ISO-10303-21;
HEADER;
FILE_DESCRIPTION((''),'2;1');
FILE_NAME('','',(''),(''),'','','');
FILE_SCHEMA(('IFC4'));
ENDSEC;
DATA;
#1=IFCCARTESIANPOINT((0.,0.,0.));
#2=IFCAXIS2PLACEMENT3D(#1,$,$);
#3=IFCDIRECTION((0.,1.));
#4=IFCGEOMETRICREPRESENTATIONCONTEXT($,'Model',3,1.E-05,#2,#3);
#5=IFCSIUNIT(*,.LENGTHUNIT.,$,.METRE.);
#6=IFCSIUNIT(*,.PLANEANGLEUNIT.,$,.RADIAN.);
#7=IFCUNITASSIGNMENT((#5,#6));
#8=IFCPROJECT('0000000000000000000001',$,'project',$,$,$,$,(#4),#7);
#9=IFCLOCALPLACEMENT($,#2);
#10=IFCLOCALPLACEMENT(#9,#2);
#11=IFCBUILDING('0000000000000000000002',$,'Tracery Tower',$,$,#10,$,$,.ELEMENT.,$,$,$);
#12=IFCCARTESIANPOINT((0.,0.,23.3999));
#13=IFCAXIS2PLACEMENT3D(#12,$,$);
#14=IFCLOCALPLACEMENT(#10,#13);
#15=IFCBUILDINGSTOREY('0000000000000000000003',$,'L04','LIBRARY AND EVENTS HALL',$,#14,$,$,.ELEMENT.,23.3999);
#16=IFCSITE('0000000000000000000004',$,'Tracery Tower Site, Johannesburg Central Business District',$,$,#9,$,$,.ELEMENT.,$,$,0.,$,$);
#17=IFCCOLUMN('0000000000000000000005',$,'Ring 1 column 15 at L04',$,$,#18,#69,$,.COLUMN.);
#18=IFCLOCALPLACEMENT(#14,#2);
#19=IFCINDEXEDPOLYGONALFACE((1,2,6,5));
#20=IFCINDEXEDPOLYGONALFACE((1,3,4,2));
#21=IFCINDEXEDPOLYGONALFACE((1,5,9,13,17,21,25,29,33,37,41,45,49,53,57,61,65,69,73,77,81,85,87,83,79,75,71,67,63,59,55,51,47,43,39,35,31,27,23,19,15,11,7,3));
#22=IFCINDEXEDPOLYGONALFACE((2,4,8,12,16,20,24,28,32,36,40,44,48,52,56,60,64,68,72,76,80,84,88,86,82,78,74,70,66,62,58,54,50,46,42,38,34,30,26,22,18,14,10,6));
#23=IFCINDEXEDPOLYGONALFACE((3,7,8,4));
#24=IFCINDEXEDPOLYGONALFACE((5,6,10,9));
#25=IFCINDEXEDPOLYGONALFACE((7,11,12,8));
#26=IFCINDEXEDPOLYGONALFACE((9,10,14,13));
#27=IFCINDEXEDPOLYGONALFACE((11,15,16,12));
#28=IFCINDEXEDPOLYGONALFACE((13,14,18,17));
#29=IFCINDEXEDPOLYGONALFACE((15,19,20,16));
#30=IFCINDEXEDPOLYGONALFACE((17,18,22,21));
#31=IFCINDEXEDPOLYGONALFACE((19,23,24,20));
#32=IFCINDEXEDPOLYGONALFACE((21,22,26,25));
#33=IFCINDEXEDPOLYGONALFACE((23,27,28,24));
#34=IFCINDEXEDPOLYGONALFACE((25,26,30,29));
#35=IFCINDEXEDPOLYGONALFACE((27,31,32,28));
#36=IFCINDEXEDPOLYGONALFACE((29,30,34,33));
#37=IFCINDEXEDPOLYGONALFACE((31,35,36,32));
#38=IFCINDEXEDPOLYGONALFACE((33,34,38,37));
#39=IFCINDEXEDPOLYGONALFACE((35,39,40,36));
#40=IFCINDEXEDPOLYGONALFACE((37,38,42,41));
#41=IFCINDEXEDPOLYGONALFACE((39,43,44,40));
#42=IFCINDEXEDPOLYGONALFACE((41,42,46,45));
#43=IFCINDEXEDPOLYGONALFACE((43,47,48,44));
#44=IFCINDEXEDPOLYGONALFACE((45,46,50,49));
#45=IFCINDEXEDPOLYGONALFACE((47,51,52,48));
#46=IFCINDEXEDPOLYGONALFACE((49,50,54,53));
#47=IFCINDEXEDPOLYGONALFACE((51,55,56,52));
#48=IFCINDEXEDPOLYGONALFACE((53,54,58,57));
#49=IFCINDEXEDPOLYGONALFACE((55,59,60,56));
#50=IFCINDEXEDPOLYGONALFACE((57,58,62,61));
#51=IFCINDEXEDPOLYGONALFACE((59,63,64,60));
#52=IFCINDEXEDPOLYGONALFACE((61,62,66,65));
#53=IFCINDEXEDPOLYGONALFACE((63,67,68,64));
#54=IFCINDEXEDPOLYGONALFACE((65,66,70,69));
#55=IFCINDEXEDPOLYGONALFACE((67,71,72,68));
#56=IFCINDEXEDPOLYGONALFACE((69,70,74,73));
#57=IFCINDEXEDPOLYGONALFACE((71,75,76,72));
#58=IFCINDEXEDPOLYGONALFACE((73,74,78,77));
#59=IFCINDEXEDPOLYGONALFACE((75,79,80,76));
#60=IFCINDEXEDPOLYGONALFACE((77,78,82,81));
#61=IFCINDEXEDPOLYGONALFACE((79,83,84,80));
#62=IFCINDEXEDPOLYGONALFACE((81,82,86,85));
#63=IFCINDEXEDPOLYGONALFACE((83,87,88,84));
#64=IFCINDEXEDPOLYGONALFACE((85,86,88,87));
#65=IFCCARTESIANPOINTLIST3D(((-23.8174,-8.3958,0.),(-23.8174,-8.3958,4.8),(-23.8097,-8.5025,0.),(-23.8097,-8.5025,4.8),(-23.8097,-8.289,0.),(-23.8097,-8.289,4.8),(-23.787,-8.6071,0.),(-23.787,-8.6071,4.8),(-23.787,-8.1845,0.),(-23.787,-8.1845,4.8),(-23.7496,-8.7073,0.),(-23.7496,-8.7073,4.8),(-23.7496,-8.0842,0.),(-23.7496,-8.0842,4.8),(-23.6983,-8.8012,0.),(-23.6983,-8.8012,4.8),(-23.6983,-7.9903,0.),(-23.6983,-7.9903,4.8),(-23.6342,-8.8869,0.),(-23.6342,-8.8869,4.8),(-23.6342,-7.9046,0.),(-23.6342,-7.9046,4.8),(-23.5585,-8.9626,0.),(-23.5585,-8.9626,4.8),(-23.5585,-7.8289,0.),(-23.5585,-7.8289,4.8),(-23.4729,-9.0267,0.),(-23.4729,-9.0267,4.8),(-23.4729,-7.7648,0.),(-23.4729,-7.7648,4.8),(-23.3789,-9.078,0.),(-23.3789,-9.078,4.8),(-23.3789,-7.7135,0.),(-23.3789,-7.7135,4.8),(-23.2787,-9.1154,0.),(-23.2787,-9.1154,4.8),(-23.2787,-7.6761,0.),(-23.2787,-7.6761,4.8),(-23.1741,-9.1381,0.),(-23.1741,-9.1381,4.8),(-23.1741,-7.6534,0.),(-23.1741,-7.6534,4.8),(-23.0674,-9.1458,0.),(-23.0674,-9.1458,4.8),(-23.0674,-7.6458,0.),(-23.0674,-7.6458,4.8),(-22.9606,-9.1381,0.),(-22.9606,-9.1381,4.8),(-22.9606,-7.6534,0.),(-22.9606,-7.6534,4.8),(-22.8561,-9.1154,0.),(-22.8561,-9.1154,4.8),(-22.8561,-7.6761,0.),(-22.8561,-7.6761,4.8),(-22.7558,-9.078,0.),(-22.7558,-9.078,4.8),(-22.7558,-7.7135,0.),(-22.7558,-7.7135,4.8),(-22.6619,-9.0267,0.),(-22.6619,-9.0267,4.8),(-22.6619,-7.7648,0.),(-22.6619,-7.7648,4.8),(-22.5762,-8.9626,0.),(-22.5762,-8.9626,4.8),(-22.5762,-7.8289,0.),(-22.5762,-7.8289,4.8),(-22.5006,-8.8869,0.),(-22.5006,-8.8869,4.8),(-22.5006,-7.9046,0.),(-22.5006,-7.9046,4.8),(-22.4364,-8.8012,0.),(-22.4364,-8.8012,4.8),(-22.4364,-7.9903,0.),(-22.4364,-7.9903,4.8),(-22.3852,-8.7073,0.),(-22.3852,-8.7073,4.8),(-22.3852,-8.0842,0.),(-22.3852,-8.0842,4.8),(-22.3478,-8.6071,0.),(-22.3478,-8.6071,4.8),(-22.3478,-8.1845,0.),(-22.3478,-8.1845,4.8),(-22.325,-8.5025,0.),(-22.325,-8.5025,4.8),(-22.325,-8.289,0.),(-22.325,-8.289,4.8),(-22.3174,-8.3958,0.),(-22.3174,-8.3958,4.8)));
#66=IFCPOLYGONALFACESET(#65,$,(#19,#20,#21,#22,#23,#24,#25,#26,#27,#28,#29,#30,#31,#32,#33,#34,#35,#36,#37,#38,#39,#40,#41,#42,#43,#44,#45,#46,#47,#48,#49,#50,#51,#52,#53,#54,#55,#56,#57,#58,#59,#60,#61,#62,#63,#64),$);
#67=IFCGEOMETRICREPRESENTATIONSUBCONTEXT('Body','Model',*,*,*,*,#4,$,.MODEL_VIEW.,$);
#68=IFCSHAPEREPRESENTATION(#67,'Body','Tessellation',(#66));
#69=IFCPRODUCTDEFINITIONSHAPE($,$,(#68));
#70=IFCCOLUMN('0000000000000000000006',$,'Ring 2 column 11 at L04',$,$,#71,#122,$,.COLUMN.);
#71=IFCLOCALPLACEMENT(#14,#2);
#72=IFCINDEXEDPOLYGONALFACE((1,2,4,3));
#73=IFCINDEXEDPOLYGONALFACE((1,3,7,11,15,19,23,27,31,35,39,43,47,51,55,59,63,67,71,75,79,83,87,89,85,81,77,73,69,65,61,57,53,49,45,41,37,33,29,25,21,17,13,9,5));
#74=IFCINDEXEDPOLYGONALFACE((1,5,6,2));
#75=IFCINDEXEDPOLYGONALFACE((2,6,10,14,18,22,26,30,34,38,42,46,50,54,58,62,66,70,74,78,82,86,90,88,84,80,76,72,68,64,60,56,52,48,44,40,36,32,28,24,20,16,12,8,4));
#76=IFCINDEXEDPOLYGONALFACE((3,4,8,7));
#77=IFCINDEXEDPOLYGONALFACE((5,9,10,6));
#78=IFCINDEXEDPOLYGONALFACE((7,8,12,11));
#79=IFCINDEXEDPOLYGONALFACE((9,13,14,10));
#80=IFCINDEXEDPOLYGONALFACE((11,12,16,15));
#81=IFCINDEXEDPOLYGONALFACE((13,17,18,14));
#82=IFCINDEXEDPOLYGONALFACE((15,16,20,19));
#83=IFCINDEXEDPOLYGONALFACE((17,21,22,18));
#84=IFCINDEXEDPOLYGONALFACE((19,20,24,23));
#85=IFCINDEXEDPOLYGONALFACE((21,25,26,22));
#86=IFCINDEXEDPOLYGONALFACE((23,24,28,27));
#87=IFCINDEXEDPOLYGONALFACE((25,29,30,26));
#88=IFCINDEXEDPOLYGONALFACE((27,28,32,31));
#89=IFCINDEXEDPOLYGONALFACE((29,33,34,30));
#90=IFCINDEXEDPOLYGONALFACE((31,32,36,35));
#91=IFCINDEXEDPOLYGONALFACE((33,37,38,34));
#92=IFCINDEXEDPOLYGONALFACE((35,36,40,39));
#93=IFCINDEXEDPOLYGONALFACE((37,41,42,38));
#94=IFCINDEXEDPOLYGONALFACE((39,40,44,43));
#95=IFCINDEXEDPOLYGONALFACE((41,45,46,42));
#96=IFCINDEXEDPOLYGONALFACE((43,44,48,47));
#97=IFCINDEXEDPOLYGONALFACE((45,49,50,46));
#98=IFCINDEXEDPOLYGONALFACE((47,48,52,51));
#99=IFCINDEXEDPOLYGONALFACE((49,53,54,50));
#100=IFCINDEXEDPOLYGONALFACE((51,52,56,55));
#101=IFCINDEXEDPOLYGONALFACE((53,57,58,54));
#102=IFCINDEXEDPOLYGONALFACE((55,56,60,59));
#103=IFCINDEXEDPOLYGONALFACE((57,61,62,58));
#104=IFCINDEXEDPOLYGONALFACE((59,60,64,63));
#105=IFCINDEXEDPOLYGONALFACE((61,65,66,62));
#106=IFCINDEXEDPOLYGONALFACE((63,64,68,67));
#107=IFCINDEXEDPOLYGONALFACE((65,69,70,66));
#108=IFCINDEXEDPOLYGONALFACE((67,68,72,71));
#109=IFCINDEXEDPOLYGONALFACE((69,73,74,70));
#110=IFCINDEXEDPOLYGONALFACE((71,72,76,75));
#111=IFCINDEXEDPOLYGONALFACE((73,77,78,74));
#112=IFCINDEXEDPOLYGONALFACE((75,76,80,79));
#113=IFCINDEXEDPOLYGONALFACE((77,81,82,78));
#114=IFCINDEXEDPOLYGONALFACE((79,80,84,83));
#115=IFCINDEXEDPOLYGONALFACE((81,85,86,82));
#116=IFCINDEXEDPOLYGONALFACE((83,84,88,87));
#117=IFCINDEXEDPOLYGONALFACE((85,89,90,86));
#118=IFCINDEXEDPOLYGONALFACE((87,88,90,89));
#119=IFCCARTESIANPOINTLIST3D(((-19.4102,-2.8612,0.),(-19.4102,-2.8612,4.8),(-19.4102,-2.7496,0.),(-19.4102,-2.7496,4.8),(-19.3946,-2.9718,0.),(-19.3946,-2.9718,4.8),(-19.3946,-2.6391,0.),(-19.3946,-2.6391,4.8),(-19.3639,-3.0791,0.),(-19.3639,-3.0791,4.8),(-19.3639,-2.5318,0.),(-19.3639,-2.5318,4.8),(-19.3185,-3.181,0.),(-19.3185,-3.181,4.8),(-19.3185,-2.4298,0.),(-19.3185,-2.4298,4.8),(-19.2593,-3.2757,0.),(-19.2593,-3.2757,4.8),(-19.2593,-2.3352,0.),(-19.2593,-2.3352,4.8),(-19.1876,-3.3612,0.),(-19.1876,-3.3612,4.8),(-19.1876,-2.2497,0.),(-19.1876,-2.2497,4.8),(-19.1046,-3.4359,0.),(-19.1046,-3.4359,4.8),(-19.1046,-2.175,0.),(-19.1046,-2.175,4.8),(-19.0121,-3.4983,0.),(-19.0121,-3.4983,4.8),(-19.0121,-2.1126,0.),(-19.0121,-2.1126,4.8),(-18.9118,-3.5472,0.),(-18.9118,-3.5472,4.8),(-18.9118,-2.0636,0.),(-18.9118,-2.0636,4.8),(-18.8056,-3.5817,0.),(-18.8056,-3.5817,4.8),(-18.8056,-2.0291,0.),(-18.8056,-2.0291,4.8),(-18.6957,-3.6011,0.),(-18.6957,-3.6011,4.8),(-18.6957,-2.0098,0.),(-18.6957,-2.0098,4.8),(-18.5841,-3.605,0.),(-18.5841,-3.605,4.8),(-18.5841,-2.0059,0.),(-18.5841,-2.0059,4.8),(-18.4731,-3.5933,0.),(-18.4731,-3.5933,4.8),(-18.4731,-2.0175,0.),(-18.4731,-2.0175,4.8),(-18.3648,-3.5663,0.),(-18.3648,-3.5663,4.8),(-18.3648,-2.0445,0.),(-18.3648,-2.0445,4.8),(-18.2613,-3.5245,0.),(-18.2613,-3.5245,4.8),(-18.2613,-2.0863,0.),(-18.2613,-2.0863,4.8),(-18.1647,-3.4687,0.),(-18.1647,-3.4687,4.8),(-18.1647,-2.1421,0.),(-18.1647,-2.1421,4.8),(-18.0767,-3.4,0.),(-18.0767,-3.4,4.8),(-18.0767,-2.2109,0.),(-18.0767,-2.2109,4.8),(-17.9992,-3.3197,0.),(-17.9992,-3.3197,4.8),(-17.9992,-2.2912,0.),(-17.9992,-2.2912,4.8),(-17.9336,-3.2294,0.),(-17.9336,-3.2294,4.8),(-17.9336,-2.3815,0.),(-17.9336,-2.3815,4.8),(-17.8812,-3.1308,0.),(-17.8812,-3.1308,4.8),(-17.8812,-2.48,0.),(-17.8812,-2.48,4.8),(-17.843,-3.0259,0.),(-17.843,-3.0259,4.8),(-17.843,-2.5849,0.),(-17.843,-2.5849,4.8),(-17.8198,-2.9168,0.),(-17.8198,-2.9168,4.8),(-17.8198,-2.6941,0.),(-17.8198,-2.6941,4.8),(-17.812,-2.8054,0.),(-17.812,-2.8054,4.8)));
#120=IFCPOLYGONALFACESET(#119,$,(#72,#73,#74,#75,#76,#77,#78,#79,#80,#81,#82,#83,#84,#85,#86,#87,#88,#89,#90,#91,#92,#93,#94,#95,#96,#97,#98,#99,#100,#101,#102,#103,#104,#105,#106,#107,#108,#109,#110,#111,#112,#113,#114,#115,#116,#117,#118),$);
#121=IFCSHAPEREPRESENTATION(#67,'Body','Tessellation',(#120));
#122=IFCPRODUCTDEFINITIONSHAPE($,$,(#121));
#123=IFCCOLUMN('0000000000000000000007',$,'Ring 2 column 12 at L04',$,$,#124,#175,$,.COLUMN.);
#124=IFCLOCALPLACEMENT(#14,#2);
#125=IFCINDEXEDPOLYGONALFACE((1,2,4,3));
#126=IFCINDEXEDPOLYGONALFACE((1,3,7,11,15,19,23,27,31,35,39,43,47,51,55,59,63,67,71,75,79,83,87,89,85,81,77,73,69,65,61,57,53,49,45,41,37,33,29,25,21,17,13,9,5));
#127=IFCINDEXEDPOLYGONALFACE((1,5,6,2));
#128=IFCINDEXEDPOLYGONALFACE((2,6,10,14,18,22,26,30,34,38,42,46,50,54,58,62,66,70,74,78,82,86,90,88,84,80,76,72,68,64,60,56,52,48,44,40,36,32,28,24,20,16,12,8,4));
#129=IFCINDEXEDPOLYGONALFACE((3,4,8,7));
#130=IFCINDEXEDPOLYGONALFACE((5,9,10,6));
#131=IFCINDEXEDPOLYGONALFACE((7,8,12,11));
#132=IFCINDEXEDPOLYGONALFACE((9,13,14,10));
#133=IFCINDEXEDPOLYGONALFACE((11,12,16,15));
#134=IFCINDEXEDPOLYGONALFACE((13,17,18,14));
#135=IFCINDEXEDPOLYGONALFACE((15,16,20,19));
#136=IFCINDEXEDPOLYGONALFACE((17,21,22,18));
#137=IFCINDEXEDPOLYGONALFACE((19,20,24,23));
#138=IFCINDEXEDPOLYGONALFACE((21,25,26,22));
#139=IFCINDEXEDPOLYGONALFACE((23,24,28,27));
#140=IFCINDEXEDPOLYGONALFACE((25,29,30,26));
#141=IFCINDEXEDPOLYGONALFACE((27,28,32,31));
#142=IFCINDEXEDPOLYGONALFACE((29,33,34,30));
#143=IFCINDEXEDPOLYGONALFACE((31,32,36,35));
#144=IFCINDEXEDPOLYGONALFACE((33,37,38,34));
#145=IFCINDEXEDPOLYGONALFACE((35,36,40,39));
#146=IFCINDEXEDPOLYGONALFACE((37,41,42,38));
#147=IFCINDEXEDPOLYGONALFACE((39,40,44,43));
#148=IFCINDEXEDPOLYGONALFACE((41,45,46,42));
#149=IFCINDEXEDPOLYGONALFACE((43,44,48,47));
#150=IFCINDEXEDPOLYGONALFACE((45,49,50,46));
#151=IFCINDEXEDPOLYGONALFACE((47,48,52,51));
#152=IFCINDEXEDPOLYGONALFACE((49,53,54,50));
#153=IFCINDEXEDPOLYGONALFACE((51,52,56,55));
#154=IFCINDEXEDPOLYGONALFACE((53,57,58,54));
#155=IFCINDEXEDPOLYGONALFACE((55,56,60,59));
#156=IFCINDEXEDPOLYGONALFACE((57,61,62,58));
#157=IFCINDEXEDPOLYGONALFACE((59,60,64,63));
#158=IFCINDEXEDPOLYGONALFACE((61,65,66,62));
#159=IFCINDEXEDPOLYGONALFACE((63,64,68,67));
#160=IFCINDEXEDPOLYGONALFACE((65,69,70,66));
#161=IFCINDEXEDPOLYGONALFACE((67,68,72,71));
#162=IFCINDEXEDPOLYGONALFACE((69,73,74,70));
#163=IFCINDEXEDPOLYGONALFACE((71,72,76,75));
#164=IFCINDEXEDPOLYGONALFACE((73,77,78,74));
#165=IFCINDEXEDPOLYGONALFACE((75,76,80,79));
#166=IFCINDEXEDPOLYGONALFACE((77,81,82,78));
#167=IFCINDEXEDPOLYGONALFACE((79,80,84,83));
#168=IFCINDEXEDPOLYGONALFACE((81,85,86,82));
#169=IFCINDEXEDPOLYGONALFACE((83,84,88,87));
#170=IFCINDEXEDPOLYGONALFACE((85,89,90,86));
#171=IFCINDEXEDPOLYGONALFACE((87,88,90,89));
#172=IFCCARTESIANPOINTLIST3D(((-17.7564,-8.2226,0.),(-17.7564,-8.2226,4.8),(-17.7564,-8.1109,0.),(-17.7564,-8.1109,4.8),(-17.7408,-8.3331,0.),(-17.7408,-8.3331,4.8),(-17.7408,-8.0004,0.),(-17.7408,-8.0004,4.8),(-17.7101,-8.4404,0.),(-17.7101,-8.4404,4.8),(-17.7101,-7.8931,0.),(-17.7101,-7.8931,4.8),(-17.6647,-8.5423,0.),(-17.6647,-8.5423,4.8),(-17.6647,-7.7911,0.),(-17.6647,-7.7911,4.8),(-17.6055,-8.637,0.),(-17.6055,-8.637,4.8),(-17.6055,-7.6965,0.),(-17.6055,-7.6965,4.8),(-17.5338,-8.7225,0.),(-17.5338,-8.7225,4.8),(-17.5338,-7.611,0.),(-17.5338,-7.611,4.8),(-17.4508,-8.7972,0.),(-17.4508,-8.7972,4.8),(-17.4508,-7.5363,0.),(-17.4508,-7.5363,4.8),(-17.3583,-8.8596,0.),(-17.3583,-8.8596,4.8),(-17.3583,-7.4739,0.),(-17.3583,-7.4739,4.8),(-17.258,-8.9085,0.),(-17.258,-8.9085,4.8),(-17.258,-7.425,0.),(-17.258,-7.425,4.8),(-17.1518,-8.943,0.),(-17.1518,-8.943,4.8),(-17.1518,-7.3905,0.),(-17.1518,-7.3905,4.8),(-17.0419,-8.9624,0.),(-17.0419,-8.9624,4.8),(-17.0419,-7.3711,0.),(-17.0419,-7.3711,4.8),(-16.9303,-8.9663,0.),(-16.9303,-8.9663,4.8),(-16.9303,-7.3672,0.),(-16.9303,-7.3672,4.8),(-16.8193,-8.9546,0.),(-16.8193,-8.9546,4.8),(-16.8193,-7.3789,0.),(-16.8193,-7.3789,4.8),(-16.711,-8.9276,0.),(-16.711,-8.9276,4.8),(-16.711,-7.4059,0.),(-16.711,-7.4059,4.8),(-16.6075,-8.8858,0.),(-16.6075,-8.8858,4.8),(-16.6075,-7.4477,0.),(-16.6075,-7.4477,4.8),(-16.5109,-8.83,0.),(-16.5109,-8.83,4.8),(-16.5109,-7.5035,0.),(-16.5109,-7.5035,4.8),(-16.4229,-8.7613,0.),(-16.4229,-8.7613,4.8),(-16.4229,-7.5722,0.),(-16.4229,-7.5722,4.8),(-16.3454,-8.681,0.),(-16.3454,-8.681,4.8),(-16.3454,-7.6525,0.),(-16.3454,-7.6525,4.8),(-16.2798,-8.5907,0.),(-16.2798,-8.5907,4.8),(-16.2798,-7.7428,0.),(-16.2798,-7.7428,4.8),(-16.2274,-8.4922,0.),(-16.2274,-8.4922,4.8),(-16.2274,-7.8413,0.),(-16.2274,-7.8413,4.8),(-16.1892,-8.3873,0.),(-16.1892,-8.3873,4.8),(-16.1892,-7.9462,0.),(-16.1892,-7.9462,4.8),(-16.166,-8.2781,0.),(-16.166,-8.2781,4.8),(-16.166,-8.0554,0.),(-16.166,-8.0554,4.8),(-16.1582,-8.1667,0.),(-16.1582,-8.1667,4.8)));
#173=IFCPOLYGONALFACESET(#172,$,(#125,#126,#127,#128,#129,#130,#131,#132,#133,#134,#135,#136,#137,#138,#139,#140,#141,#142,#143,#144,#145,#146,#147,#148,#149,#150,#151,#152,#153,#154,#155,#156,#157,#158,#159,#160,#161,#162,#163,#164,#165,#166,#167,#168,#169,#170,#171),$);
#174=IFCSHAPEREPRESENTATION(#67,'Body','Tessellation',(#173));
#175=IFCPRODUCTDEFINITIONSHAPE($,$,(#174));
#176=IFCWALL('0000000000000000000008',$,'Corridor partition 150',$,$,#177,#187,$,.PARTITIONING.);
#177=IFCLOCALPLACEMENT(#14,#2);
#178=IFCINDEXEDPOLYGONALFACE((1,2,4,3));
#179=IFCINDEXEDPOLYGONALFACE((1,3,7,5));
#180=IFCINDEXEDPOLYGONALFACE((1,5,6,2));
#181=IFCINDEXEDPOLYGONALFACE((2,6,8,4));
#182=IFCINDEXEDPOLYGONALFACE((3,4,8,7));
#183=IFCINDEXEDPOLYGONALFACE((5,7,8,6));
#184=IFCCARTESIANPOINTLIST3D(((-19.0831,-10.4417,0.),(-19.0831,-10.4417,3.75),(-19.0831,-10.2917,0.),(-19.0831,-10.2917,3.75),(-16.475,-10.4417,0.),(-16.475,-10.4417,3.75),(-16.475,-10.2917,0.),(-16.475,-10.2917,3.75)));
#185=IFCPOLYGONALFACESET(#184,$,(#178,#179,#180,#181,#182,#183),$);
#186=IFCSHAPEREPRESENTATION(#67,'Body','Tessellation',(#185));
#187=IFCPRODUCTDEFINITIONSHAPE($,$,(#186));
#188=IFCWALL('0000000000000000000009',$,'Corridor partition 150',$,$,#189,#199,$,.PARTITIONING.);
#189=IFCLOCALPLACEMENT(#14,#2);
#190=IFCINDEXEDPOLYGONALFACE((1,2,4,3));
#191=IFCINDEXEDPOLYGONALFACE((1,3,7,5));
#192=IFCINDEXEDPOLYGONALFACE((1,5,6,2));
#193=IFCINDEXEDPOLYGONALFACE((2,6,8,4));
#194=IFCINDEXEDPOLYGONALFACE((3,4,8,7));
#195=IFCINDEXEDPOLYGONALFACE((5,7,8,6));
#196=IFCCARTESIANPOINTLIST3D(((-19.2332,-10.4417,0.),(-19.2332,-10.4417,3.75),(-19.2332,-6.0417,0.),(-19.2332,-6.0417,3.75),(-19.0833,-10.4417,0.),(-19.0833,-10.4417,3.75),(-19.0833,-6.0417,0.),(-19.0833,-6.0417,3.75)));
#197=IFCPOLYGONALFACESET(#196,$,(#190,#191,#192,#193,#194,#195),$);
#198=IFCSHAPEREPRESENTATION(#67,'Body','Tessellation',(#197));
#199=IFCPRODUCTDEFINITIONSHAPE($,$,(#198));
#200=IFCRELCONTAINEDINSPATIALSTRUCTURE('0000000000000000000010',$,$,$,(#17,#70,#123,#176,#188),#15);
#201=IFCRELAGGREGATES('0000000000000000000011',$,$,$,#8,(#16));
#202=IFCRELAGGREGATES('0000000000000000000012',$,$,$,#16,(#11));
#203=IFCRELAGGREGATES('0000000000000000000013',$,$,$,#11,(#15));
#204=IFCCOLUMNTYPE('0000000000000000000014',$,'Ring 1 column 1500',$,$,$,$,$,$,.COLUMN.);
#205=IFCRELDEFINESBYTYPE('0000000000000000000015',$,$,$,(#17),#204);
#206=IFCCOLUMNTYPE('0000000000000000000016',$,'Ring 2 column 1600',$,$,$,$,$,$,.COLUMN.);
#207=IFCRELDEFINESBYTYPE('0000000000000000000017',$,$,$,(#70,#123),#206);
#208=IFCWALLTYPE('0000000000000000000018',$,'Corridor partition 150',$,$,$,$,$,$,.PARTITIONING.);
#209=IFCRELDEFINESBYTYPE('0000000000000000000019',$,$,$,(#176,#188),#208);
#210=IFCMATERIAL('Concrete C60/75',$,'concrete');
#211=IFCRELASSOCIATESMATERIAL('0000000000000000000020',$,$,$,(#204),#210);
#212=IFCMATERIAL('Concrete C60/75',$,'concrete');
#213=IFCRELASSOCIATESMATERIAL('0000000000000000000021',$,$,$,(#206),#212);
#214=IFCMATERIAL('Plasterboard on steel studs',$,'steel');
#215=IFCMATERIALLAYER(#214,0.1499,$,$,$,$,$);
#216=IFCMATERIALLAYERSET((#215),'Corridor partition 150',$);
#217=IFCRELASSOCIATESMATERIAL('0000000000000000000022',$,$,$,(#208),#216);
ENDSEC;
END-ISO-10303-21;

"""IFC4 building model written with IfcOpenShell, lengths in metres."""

from ifc_helpers import new_model, si_unit, direction, frame, frame_2d, origin, origin_2d, place, context, subcontext, project, spatial, rectangle, circle, extrude, material, layer, layer_set, material_profile, profile_set, type_object, element, save


model = new_model("IFC4")

# Units and contexts
model_context = context("Model", 3, precision=1e-05, world=origin(), true_north=direction((0.0, 1.0)))
body_context = subcontext(model_context, "Body", "Model", "MODEL_VIEW")
ifc_project = project(units=[si_unit("LENGTHUNIT", "METRE"), si_unit("PLANEANGLEUNIT", "RADIAN")], contexts=[model_context])

# Site, building, storey
site_placement = place(None, origin())
site = spatial("IfcSite", under=ifc_project, at=site_placement, Name="Tracery Tower Site, Johannesburg Central Business District", CompositionType="ELEMENT", RefElevation=0.0)
building_placement = place(site_placement, origin())
building = spatial("IfcBuilding", under=site, at=building_placement, Name="Tracery Tower", CompositionType="ELEMENT")
storey_placement = place(building_placement, frame((0.0, 0.0, 23.3999)))
storey = spatial("IfcBuildingStorey", under=building, at=storey_placement, Name="L04", Description="LIBRARY AND EVENTS HALL", CompositionType="ELEMENT", Elevation=23.3999)

# Columns
ifc_material_1 = material(Name="Concrete C60/75", Category="concrete")
ifc_material_profile_1 = material_profile(ifc_material_1, circle(Radius=0.75, at=origin_2d()), Name="RC D1500")
ifc_profile_set_1 = profile_set([ifc_material_profile_1], Name="Concrete C60/75")
column_type_1 = type_object("IfcColumnType", Name="Ring 1 column 1500", PredefinedType="COLUMN", material=ifc_profile_set_1)
column_placement = place(storey_placement, frame((-23.0674, -8.3958, 0.0), z_axis=(0.0, 0.0, 1.0), x_axis=(1.0, 0.0, 0.0)))
element("IfcColumn", 1, at=column_placement, inside=storey, type_object=column_type_1, Name="Ring 1 column 15 at L04", PredefinedType="COLUMN", context=body_context, shape_type="SweptSolid", body=[
    extrude(circle(Radius=0.75, at=origin_2d()), origin(), (0.0, 0.0, 1.0), 4.8),
])
ifc_material_2 = material(Name="Concrete C60/75", Category="concrete")
ifc_material_profile_2 = material_profile(ifc_material_2, circle(Radius=0.8, at=origin_2d()), Name="RC D1600")
ifc_profile_set_2 = profile_set([ifc_material_profile_2], Name="Concrete C60/75")
column_type_2 = type_object("IfcColumnType", Name="Ring 2 column 1600", PredefinedType="COLUMN", material=ifc_profile_set_2)
for number, where, z_axis, x_axis, name in (
    (2, (-18.6121, -2.8054, 0.0), (0.0, 0.0, 1.0), (1.0, 0.0, 0.0), "Ring 2 column 11 at L04"),
    (3, (-16.9583, -8.1667, 0.0), (0.0, 0.0, 1.0), (1.0, 0.0, 0.0), "Ring 2 column 12 at L04"),
):
    element("IfcColumn", number, at=place(storey_placement, frame(where, z_axis=z_axis, x_axis=x_axis)), inside=storey, type_object=column_type_2, Name=name, PredefinedType="COLUMN", context=body_context, shape_type="SweptSolid", body=[
        extrude(circle(Radius=0.8, at=origin_2d()), origin(), (0.0, 0.0, 1.0), 4.8),
    ])

# Walls
ifc_material_3 = material(Name="Plasterboard on steel studs", Category="steel")
ifc_layer_1 = layer(ifc_material_3, 0.1499)
ifc_layer_set_1 = layer_set([ifc_layer_1], Name="Corridor partition 150")
wall_type_1 = type_object("IfcWallType", Name="Corridor partition 150", PredefinedType="PARTITIONING", material=ifc_layer_set_1)
wall_1_placement = place(storey_placement, frame((-19.0833, -10.3667, 0.0), z_axis=(0.0, 0.0, 1.0), x_axis=(1.0, 0.0, 0.0)))
element("IfcWall", 4, at=wall_1_placement, inside=storey, type_object=wall_type_1, Name="Corridor partition 150", PredefinedType="PARTITIONING", context=body_context, shape_type="SweptSolid", body=[
    extrude(rectangle(XDim=2.6082, YDim=0.1499, at=frame_2d((1.3042, 0.0))), origin(), (0.0, 0.0, 1.0), 3.75),
])
wall_2_placement = place(storey_placement, frame((-19.1582, -6.0417, 0.0), z_axis=(0.0, 0.0, 1.0), x_axis=(0.0, -1.0, 0.0)))
element("IfcWall", 5, at=wall_2_placement, inside=storey, type_object=wall_type_1, Name="Corridor partition 150", PredefinedType="PARTITIONING", context=body_context, shape_type="SweptSolid", body=[
    extrude(rectangle(XDim=4.3999, YDim=0.1499, at=frame_2d((2.2, 0.0))), origin(), (0.0, 0.0, 1.0), 3.75),
])

save(model, "model.ifc")
